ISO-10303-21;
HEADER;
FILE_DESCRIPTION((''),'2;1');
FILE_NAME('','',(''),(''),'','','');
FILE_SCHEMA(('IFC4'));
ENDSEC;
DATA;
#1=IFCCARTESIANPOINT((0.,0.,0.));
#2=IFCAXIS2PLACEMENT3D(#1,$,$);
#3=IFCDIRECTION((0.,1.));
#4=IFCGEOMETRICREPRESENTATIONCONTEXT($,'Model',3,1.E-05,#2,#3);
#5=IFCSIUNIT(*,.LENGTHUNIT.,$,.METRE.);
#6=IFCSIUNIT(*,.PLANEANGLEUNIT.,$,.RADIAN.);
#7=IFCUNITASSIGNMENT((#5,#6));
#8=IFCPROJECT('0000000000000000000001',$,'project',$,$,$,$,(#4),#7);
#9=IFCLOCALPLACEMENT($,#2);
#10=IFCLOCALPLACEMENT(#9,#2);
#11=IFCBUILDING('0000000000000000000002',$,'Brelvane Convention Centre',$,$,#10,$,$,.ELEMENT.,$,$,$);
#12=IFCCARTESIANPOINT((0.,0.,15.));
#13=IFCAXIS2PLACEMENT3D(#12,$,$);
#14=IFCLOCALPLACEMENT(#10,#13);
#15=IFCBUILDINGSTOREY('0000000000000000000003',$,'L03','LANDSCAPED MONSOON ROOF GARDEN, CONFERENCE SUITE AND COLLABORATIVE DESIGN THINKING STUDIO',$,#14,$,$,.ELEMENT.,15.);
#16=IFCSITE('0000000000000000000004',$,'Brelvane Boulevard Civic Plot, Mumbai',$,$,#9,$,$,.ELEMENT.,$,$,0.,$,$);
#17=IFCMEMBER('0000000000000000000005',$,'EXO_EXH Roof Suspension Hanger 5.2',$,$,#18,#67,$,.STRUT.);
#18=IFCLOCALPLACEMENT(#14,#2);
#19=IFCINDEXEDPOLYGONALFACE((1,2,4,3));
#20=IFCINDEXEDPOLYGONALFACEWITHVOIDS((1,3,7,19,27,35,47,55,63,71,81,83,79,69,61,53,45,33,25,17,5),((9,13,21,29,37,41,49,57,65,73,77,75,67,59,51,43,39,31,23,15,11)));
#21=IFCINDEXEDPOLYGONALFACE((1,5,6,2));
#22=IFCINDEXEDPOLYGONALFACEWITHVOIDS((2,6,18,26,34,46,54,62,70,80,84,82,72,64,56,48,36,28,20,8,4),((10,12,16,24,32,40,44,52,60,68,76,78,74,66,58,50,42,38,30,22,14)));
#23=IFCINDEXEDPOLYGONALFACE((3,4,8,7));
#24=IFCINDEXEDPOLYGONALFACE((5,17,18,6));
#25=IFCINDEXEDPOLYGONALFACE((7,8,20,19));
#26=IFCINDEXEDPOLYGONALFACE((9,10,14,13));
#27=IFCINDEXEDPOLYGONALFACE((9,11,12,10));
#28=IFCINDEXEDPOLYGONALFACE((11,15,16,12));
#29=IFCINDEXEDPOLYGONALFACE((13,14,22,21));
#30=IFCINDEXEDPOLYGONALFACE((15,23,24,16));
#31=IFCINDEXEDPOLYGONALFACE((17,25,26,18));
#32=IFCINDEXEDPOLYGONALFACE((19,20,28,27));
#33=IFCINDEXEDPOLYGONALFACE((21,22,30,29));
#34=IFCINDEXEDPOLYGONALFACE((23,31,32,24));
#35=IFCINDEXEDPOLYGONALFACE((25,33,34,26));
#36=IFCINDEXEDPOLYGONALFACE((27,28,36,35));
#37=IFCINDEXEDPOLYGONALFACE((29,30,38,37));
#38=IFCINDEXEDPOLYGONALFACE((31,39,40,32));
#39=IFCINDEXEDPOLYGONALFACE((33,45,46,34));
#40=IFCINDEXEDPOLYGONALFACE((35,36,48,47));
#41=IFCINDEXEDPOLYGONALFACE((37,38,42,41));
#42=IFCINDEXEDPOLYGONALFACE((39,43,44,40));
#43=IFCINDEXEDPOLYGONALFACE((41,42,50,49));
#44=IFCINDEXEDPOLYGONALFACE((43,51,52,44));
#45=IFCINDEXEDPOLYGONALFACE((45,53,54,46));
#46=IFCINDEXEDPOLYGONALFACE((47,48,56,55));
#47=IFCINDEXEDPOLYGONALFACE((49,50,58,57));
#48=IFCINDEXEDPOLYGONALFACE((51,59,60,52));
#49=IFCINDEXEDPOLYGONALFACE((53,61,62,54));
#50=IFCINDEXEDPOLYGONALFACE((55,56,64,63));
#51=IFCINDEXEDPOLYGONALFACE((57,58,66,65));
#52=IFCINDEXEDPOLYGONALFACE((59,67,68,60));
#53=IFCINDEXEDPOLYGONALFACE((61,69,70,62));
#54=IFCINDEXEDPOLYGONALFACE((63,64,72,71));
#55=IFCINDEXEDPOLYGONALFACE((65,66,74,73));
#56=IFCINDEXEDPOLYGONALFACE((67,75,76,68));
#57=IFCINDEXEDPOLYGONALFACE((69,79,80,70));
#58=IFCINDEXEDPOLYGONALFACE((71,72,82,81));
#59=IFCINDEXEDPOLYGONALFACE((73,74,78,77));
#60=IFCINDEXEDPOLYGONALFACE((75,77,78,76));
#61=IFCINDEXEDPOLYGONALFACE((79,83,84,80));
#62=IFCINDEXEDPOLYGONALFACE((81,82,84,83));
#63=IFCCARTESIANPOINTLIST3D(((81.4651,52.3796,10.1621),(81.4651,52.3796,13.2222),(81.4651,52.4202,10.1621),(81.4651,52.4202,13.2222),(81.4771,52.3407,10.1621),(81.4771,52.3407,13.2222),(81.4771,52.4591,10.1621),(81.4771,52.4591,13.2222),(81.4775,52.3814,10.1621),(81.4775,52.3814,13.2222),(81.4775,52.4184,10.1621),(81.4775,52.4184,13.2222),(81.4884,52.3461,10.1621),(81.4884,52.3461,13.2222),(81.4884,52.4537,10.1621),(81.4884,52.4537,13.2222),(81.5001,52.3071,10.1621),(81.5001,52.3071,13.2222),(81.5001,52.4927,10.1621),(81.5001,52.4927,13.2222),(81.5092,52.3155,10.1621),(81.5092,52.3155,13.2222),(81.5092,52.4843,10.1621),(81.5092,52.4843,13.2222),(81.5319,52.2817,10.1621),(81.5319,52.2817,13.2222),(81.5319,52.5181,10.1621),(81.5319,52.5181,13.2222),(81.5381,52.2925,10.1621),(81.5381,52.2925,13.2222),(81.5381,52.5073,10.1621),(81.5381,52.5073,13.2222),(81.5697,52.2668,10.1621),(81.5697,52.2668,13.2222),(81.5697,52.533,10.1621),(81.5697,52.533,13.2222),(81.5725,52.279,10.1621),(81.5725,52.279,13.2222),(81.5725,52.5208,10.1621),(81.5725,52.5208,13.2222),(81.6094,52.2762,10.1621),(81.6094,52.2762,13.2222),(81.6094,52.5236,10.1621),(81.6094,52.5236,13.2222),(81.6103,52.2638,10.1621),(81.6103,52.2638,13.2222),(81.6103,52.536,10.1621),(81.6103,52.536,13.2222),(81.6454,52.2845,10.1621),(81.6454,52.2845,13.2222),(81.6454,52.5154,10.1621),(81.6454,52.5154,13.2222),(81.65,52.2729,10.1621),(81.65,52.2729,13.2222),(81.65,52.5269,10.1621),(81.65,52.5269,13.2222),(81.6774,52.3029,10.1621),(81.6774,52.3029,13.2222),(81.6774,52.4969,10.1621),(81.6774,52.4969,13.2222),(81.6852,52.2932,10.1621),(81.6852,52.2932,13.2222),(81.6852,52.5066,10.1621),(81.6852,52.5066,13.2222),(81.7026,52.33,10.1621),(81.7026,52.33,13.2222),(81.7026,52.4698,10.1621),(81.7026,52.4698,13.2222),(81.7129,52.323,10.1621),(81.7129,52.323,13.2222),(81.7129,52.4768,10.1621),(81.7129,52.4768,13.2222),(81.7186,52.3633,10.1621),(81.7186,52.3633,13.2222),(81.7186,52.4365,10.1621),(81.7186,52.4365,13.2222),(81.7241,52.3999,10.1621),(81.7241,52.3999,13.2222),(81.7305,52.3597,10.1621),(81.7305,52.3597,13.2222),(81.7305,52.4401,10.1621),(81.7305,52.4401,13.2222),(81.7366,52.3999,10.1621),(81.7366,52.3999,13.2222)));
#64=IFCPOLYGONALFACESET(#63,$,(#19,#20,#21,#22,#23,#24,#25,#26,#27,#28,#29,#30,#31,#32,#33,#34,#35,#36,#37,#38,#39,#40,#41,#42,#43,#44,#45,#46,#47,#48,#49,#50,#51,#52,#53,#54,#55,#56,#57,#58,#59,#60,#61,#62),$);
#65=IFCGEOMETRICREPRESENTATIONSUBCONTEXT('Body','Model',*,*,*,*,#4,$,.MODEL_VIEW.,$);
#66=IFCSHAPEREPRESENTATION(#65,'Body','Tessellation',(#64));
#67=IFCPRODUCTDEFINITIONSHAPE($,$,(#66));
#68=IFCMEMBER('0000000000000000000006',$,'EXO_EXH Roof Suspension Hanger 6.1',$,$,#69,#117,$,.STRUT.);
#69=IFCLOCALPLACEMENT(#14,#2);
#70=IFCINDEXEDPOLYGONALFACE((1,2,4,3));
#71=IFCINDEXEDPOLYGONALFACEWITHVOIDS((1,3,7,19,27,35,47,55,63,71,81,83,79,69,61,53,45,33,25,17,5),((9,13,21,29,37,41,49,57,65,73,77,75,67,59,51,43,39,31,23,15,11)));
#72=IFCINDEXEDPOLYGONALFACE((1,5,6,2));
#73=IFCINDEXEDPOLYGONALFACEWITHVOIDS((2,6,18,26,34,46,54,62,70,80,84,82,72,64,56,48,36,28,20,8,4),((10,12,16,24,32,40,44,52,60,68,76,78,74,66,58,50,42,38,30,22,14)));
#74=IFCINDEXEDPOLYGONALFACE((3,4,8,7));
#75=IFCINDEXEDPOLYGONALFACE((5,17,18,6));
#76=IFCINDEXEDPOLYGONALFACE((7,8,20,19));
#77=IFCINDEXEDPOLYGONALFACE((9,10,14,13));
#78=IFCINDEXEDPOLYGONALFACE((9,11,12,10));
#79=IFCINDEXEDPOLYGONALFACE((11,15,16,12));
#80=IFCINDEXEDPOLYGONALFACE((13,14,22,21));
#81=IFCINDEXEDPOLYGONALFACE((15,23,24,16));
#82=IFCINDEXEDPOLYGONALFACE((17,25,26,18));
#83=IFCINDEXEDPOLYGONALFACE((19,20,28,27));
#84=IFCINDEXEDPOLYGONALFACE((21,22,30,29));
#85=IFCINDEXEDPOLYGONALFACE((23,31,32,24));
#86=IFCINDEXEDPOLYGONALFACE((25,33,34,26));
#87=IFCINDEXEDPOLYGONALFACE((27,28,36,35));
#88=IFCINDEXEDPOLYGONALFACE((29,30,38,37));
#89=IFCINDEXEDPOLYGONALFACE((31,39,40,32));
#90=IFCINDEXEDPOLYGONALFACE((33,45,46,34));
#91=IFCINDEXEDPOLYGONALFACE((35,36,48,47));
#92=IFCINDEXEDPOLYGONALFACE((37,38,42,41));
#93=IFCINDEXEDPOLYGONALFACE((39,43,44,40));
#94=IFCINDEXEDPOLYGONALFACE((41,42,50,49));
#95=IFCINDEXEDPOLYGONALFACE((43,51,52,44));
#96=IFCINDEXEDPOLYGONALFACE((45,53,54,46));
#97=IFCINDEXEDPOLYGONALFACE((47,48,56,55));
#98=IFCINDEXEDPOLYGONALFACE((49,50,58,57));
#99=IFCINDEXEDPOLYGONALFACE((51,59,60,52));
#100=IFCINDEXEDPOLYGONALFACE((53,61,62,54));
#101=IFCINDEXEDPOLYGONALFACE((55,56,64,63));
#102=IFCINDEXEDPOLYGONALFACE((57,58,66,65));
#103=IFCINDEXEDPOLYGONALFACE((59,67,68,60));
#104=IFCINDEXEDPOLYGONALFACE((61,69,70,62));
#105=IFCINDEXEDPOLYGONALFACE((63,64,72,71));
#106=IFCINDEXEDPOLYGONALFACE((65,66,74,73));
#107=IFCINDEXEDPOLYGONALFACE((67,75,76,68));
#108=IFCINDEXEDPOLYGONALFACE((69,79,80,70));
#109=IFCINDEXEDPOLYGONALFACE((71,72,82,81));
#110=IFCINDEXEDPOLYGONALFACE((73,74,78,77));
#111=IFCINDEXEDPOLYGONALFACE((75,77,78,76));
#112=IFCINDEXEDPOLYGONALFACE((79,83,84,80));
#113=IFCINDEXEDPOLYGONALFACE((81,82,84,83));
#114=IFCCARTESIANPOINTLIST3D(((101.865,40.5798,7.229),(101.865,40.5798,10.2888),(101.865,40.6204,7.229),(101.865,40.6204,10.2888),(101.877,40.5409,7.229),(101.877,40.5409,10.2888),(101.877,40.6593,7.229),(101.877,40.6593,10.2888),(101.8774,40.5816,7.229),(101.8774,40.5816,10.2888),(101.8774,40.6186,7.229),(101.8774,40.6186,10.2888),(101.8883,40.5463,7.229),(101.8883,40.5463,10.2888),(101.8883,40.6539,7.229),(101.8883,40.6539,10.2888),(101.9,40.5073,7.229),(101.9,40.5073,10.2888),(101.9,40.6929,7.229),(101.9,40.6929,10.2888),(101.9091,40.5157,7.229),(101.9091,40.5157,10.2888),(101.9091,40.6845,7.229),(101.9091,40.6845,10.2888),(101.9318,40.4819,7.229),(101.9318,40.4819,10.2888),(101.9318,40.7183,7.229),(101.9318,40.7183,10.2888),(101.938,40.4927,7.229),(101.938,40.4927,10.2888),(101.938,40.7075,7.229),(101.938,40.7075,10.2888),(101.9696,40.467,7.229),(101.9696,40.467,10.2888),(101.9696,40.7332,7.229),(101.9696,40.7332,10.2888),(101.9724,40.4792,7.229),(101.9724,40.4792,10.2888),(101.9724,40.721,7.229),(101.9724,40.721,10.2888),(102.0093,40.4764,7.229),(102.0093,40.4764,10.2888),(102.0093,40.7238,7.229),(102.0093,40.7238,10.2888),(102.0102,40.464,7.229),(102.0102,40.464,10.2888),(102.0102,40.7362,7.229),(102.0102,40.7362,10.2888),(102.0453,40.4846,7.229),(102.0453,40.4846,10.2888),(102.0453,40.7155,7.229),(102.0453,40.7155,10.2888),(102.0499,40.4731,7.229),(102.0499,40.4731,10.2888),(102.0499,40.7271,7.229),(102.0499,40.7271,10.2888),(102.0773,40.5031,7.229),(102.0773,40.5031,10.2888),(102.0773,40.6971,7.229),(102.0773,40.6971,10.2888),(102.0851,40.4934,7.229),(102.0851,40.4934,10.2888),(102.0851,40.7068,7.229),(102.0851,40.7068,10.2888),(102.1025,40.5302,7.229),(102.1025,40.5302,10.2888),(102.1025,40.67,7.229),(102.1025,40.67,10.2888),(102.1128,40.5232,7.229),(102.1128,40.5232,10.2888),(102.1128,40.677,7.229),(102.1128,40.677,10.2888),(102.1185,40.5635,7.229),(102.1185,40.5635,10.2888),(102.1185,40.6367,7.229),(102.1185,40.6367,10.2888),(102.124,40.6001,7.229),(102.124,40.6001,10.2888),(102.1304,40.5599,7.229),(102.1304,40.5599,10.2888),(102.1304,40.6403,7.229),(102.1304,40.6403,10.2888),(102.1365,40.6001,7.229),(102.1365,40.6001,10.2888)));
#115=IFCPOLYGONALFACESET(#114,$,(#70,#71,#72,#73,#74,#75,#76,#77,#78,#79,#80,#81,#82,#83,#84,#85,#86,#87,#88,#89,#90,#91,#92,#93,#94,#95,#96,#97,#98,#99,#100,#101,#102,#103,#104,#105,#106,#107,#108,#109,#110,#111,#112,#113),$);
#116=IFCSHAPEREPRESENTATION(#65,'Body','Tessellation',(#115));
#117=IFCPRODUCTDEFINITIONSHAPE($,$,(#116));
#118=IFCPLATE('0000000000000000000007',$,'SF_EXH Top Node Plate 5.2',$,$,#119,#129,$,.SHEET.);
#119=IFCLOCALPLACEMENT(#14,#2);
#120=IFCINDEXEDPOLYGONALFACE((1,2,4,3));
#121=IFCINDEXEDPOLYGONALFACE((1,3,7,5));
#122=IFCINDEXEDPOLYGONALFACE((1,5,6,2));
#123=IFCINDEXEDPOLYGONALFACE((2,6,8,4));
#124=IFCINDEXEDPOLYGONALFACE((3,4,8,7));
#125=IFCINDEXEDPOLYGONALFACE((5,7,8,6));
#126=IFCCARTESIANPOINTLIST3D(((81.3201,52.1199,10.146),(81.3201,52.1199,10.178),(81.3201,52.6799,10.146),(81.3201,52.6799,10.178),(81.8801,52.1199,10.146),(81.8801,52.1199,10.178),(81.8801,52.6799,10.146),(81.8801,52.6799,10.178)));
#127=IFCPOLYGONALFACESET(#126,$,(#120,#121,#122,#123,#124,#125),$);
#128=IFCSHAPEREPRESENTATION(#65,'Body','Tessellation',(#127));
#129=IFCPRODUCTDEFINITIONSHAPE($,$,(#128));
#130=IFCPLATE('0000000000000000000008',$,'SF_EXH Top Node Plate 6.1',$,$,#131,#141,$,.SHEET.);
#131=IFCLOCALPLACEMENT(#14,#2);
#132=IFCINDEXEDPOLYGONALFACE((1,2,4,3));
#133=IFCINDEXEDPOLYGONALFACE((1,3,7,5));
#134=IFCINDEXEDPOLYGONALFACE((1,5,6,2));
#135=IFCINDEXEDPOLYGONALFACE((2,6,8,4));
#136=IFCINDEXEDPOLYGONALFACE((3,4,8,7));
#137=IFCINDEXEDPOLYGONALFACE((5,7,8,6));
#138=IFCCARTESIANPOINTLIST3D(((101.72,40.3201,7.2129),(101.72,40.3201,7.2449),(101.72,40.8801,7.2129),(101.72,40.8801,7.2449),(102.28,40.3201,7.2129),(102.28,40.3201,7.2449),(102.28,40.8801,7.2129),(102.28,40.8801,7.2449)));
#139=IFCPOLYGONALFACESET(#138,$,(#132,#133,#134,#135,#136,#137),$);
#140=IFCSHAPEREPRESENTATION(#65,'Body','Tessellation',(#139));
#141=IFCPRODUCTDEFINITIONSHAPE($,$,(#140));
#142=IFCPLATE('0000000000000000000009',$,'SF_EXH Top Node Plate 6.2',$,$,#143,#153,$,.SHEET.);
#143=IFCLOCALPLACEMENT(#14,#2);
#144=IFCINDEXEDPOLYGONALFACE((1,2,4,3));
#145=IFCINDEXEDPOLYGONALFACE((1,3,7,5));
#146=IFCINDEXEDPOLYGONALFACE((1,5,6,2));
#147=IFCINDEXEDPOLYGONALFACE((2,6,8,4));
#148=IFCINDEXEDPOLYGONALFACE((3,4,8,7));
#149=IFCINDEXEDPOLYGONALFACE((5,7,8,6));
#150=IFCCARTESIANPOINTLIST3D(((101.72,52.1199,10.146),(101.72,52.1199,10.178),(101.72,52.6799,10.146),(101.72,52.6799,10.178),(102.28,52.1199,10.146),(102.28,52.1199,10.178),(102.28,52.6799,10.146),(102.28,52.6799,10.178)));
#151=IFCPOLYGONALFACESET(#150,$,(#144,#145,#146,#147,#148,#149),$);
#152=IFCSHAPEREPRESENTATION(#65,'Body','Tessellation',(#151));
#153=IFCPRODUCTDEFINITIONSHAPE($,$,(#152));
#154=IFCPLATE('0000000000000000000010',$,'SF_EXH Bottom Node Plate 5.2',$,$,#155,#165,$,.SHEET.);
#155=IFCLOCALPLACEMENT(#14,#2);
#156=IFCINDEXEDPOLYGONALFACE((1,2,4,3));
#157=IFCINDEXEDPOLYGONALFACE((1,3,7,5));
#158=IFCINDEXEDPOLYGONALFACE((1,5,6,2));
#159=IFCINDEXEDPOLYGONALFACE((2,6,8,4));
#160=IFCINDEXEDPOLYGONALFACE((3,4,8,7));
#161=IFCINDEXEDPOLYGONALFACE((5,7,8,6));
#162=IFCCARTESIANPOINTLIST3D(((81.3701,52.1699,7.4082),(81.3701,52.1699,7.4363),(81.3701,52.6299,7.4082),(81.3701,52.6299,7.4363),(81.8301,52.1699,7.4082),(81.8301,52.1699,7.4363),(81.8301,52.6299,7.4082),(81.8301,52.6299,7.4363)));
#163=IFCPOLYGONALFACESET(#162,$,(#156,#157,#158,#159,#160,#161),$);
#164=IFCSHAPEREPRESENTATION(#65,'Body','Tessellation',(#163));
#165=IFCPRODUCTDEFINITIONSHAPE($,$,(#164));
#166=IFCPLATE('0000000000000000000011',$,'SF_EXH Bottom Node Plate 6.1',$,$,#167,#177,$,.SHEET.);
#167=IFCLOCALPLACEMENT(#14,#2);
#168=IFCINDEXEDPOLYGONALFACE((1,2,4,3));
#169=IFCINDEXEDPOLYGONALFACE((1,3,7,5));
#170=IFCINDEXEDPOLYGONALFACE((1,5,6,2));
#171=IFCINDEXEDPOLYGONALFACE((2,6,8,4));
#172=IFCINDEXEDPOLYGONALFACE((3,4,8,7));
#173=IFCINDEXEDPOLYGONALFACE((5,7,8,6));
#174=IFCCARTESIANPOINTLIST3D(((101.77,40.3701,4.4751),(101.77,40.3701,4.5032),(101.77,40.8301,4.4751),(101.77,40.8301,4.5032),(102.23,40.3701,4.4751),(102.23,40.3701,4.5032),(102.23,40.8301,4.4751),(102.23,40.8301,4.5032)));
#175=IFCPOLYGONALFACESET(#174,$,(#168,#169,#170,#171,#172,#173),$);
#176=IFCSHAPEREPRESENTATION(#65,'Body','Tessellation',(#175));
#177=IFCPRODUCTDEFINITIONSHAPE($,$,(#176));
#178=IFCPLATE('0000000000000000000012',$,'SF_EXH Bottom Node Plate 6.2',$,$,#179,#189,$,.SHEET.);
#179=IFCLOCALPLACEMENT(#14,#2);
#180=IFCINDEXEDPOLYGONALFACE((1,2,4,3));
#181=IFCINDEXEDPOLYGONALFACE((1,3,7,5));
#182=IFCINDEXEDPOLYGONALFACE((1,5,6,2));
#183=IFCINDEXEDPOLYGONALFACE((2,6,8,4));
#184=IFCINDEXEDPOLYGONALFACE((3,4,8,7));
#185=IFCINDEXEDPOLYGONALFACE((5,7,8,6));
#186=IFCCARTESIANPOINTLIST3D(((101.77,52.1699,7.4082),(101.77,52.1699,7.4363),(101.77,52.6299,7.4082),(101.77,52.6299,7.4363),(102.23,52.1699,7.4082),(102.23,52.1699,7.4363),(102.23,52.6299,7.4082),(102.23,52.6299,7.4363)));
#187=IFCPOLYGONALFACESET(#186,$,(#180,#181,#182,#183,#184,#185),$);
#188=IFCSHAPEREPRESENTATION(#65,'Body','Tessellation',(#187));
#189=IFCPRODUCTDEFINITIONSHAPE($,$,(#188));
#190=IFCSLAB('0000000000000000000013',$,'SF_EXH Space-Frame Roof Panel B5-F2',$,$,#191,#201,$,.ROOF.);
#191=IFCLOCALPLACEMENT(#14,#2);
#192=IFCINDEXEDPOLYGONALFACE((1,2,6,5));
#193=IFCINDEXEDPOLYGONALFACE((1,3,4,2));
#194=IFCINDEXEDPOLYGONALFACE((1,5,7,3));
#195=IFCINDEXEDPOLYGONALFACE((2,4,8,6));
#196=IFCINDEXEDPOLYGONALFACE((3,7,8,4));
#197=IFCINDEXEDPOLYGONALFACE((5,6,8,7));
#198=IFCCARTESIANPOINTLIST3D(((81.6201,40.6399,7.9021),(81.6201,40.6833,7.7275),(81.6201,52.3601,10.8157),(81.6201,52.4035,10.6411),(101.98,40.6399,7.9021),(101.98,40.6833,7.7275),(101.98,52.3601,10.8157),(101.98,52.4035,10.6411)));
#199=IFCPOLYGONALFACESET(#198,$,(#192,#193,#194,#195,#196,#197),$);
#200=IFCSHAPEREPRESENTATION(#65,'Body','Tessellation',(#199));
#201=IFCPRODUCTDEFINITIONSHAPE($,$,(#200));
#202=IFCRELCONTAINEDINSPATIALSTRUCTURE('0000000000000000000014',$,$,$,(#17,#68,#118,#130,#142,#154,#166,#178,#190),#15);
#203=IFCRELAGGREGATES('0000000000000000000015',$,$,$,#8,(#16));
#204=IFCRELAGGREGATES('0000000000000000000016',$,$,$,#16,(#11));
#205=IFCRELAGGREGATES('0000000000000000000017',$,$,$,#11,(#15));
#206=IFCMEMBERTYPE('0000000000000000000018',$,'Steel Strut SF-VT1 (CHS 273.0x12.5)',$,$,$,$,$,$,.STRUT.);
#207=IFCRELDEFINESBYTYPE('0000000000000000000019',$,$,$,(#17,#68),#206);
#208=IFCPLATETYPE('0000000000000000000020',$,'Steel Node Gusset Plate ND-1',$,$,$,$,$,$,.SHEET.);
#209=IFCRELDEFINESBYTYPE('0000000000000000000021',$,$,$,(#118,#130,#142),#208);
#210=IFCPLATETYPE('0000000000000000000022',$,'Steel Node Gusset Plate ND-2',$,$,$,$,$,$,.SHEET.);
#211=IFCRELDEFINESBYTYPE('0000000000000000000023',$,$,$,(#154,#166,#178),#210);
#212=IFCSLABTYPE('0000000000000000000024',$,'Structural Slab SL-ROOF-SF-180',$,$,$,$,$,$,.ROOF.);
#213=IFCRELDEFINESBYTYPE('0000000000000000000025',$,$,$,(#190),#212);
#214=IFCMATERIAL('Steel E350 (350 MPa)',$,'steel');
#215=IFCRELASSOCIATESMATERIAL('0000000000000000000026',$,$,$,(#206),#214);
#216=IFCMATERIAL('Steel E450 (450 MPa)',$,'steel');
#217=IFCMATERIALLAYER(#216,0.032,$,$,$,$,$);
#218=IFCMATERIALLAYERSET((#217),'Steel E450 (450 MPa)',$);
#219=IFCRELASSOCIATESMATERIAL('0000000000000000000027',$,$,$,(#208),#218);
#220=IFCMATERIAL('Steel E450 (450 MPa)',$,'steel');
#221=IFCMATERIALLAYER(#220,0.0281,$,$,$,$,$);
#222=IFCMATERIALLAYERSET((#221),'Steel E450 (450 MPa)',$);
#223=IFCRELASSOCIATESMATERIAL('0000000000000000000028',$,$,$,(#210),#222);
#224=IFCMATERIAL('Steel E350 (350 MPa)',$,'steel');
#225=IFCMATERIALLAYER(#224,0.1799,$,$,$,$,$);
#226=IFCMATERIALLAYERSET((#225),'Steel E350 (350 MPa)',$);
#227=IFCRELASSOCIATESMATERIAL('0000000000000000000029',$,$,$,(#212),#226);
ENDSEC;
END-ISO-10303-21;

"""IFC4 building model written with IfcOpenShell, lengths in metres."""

from ifc_helpers import new_model, si_unit, direction, frame, origin, origin_2d, place, context, subcontext, project, spatial, polyline, rectangle, hollow_circle, outline, extrude, material, layer, layer_set, material_profile, profile_set, type_object, element, save


model = new_model("IFC4")

# Units and contexts
model_context = context("Model", 3, precision=1e-05, world=origin(), true_north=direction((0.0, 1.0)))
body_context = subcontext(model_context, "Body", "Model", "MODEL_VIEW")
ifc_project = project(units=[si_unit("LENGTHUNIT", "METRE"), si_unit("PLANEANGLEUNIT", "RADIAN")], contexts=[model_context])

# Site, building, storey
site_placement = place(None, origin())
site = spatial("IfcSite", under=ifc_project, at=site_placement, Name="Brelvane Boulevard Civic Plot, Mumbai", CompositionType="ELEMENT", RefElevation=0.0)
building_placement = place(site_placement, origin())
building = spatial("IfcBuilding", under=site, at=building_placement, Name="Brelvane Convention Centre", CompositionType="ELEMENT")
storey_placement = place(building_placement, frame((0.0, 0.0, 15.0)))
storey = spatial("IfcBuildingStorey", under=building, at=storey_placement, Name="L03", Description="LANDSCAPED MONSOON ROOF GARDEN, CONFERENCE SUITE AND COLLABORATIVE DESIGN THINKING STUDIO", CompositionType="ELEMENT", Elevation=15.0)

# Members
ifc_material_1 = material(Name="Steel E350 (350 MPa)", Category="steel")
ifc_material_profile_1 = material_profile(ifc_material_1, hollow_circle(Radius=0.1365, WallThickness=0.0125, at=origin_2d()), Name="CHS 273.0x12.5")
ifc_profile_set_1 = profile_set([ifc_material_profile_1], Name="Steel E350 (350 MPa)")
member_type_1 = type_object("IfcMemberType", Name="Steel Strut SF-VT1 (CHS 273.0x12.5)", PredefinedType="STRUT", material=ifc_profile_set_1)
member_1_placement = place(storey_placement, frame((81.6001, 52.3999, 10.1621), z_axis=(0.0, 0.0, 1.0), x_axis=(1.0, 0.0, 0.0)))
element("IfcMember", 1, at=member_1_placement, inside=storey, type_object=member_type_1, Name="EXO_EXH Roof Suspension Hanger 5.2", PredefinedType="STRUT", context=body_context, shape_type="SweptSolid", body=[
    extrude(hollow_circle(Radius=0.1365, WallThickness=0.0125, at=origin_2d()), origin(), (0.0, 0.0, 1.0), 3.0601),
])
member_2_placement = place(storey_placement, frame((102.0, 40.6001, 7.229), z_axis=(0.0, 0.0, 1.0), x_axis=(1.0, 0.0, 0.0)))
element("IfcMember", 2, at=member_2_placement, inside=storey, type_object=member_type_1, Name="EXO_EXH Roof Suspension Hanger 6.1", PredefinedType="STRUT", context=body_context, shape_type="SweptSolid", body=[
    extrude(hollow_circle(Radius=0.1365, WallThickness=0.0125, at=origin_2d()), origin(), (0.0, 0.0, 1.0), 3.0598),
])

# Plates
ifc_material_2 = material(Name="Steel E450 (450 MPa)", Category="steel")
ifc_layer_1 = layer(ifc_material_2, 0.032)
ifc_layer_set_1 = layer_set([ifc_layer_1], Name="Steel E450 (450 MPa)")
plate_type_1 = type_object("IfcPlateType", Name="Steel Node Gusset Plate ND-1", PredefinedType="SHEET", material=ifc_layer_set_1)
for number, where, z_axis, x_axis, name in (
    (3, (81.6001, 52.3999, 10.146), (0.0, 0.0, 1.0), (1.0, 0.0, 0.0), "SF_EXH Top Node Plate 5.2"),
    (4, (102.0, 40.6001, 7.2129), (0.0, 0.0, 1.0), (1.0, 0.0, 0.0), "SF_EXH Top Node Plate 6.1"),
    (5, (102.0, 52.3999, 10.146), (0.0, 0.0, 1.0), (1.0, 0.0, 0.0), "SF_EXH Top Node Plate 6.2"),
):
    element("IfcPlate", number, at=place(storey_placement, frame(where, z_axis=z_axis, x_axis=x_axis)), inside=storey, type_object=plate_type_1, Name=name, PredefinedType="SHEET", context=body_context, shape_type="SweptSolid", body=[
        extrude(rectangle(XDim=0.5601, YDim=0.5601, at=origin_2d()), origin(), (0.0, 0.0, 1.0), 0.032),
    ])
ifc_material_3 = material(Name="Steel E450 (450 MPa)", Category="steel")
ifc_layer_2 = layer(ifc_material_3, 0.0281)
ifc_layer_set_2 = layer_set([ifc_layer_2], Name="Steel E450 (450 MPa)")
plate_type_2 = type_object("IfcPlateType", Name="Steel Node Gusset Plate ND-2", PredefinedType="SHEET", material=ifc_layer_set_2)
for number, where, z_axis, x_axis, name in (
    (6, (81.6001, 52.3999, 7.4082), (0.0, 0.0, 1.0), (1.0, 0.0, 0.0), "SF_EXH Bottom Node Plate 5.2"),
    (7, (102.0, 40.6001, 4.4751), (0.0, 0.0, 1.0), (1.0, 0.0, 0.0), "SF_EXH Bottom Node Plate 6.1"),
    (8, (102.0, 52.3999, 7.4082), (0.0, 0.0, 1.0), (1.0, 0.0, 0.0), "SF_EXH Bottom Node Plate 6.2"),
):
    element("IfcPlate", number, at=place(storey_placement, frame(where, z_axis=z_axis, x_axis=x_axis)), inside=storey, type_object=plate_type_2, Name=name, PredefinedType="SHEET", context=body_context, shape_type="SweptSolid", body=[
        extrude(rectangle(XDim=0.46, YDim=0.46, at=origin_2d()), origin(), (0.0, 0.0, 1.0), 0.0281),
    ])

# Slab
ifc_material_4 = material(Name="Steel E350 (350 MPa)", Category="steel")
ifc_layer_3 = layer(ifc_material_4, 0.1799)
ifc_layer_set_3 = layer_set([ifc_layer_3], Name="Steel E350 (350 MPa)")
slab_type = type_object("IfcSlabType", Name="Structural Slab SL-ROOF-SF-180", PredefinedType="ROOF", material=ifc_layer_set_3)
slab_placement = place(storey_placement, frame((81.6201, 40.6399, 7.9021), z_axis=(0.0, -0.241251, 0.970463), x_axis=(1.0, 0.0, 0.0)))
element("IfcSlab", 9, at=slab_placement, inside=storey, type_object=slab_type, Name="SF_EXH Space-Frame Roof Panel B5-F2", PredefinedType="ROOF", context=body_context, shape_type="SweptSolid", body=[
    extrude(outline(polyline([(0.0, 0.0), (20.3599, 0.0), (20.3599, 12.0769), (0.0, 12.0769), (0.0, 0.0)])), origin(), (0.0, 0.0, -1.0), 0.1799),
])

save(model, "model.ifc")
